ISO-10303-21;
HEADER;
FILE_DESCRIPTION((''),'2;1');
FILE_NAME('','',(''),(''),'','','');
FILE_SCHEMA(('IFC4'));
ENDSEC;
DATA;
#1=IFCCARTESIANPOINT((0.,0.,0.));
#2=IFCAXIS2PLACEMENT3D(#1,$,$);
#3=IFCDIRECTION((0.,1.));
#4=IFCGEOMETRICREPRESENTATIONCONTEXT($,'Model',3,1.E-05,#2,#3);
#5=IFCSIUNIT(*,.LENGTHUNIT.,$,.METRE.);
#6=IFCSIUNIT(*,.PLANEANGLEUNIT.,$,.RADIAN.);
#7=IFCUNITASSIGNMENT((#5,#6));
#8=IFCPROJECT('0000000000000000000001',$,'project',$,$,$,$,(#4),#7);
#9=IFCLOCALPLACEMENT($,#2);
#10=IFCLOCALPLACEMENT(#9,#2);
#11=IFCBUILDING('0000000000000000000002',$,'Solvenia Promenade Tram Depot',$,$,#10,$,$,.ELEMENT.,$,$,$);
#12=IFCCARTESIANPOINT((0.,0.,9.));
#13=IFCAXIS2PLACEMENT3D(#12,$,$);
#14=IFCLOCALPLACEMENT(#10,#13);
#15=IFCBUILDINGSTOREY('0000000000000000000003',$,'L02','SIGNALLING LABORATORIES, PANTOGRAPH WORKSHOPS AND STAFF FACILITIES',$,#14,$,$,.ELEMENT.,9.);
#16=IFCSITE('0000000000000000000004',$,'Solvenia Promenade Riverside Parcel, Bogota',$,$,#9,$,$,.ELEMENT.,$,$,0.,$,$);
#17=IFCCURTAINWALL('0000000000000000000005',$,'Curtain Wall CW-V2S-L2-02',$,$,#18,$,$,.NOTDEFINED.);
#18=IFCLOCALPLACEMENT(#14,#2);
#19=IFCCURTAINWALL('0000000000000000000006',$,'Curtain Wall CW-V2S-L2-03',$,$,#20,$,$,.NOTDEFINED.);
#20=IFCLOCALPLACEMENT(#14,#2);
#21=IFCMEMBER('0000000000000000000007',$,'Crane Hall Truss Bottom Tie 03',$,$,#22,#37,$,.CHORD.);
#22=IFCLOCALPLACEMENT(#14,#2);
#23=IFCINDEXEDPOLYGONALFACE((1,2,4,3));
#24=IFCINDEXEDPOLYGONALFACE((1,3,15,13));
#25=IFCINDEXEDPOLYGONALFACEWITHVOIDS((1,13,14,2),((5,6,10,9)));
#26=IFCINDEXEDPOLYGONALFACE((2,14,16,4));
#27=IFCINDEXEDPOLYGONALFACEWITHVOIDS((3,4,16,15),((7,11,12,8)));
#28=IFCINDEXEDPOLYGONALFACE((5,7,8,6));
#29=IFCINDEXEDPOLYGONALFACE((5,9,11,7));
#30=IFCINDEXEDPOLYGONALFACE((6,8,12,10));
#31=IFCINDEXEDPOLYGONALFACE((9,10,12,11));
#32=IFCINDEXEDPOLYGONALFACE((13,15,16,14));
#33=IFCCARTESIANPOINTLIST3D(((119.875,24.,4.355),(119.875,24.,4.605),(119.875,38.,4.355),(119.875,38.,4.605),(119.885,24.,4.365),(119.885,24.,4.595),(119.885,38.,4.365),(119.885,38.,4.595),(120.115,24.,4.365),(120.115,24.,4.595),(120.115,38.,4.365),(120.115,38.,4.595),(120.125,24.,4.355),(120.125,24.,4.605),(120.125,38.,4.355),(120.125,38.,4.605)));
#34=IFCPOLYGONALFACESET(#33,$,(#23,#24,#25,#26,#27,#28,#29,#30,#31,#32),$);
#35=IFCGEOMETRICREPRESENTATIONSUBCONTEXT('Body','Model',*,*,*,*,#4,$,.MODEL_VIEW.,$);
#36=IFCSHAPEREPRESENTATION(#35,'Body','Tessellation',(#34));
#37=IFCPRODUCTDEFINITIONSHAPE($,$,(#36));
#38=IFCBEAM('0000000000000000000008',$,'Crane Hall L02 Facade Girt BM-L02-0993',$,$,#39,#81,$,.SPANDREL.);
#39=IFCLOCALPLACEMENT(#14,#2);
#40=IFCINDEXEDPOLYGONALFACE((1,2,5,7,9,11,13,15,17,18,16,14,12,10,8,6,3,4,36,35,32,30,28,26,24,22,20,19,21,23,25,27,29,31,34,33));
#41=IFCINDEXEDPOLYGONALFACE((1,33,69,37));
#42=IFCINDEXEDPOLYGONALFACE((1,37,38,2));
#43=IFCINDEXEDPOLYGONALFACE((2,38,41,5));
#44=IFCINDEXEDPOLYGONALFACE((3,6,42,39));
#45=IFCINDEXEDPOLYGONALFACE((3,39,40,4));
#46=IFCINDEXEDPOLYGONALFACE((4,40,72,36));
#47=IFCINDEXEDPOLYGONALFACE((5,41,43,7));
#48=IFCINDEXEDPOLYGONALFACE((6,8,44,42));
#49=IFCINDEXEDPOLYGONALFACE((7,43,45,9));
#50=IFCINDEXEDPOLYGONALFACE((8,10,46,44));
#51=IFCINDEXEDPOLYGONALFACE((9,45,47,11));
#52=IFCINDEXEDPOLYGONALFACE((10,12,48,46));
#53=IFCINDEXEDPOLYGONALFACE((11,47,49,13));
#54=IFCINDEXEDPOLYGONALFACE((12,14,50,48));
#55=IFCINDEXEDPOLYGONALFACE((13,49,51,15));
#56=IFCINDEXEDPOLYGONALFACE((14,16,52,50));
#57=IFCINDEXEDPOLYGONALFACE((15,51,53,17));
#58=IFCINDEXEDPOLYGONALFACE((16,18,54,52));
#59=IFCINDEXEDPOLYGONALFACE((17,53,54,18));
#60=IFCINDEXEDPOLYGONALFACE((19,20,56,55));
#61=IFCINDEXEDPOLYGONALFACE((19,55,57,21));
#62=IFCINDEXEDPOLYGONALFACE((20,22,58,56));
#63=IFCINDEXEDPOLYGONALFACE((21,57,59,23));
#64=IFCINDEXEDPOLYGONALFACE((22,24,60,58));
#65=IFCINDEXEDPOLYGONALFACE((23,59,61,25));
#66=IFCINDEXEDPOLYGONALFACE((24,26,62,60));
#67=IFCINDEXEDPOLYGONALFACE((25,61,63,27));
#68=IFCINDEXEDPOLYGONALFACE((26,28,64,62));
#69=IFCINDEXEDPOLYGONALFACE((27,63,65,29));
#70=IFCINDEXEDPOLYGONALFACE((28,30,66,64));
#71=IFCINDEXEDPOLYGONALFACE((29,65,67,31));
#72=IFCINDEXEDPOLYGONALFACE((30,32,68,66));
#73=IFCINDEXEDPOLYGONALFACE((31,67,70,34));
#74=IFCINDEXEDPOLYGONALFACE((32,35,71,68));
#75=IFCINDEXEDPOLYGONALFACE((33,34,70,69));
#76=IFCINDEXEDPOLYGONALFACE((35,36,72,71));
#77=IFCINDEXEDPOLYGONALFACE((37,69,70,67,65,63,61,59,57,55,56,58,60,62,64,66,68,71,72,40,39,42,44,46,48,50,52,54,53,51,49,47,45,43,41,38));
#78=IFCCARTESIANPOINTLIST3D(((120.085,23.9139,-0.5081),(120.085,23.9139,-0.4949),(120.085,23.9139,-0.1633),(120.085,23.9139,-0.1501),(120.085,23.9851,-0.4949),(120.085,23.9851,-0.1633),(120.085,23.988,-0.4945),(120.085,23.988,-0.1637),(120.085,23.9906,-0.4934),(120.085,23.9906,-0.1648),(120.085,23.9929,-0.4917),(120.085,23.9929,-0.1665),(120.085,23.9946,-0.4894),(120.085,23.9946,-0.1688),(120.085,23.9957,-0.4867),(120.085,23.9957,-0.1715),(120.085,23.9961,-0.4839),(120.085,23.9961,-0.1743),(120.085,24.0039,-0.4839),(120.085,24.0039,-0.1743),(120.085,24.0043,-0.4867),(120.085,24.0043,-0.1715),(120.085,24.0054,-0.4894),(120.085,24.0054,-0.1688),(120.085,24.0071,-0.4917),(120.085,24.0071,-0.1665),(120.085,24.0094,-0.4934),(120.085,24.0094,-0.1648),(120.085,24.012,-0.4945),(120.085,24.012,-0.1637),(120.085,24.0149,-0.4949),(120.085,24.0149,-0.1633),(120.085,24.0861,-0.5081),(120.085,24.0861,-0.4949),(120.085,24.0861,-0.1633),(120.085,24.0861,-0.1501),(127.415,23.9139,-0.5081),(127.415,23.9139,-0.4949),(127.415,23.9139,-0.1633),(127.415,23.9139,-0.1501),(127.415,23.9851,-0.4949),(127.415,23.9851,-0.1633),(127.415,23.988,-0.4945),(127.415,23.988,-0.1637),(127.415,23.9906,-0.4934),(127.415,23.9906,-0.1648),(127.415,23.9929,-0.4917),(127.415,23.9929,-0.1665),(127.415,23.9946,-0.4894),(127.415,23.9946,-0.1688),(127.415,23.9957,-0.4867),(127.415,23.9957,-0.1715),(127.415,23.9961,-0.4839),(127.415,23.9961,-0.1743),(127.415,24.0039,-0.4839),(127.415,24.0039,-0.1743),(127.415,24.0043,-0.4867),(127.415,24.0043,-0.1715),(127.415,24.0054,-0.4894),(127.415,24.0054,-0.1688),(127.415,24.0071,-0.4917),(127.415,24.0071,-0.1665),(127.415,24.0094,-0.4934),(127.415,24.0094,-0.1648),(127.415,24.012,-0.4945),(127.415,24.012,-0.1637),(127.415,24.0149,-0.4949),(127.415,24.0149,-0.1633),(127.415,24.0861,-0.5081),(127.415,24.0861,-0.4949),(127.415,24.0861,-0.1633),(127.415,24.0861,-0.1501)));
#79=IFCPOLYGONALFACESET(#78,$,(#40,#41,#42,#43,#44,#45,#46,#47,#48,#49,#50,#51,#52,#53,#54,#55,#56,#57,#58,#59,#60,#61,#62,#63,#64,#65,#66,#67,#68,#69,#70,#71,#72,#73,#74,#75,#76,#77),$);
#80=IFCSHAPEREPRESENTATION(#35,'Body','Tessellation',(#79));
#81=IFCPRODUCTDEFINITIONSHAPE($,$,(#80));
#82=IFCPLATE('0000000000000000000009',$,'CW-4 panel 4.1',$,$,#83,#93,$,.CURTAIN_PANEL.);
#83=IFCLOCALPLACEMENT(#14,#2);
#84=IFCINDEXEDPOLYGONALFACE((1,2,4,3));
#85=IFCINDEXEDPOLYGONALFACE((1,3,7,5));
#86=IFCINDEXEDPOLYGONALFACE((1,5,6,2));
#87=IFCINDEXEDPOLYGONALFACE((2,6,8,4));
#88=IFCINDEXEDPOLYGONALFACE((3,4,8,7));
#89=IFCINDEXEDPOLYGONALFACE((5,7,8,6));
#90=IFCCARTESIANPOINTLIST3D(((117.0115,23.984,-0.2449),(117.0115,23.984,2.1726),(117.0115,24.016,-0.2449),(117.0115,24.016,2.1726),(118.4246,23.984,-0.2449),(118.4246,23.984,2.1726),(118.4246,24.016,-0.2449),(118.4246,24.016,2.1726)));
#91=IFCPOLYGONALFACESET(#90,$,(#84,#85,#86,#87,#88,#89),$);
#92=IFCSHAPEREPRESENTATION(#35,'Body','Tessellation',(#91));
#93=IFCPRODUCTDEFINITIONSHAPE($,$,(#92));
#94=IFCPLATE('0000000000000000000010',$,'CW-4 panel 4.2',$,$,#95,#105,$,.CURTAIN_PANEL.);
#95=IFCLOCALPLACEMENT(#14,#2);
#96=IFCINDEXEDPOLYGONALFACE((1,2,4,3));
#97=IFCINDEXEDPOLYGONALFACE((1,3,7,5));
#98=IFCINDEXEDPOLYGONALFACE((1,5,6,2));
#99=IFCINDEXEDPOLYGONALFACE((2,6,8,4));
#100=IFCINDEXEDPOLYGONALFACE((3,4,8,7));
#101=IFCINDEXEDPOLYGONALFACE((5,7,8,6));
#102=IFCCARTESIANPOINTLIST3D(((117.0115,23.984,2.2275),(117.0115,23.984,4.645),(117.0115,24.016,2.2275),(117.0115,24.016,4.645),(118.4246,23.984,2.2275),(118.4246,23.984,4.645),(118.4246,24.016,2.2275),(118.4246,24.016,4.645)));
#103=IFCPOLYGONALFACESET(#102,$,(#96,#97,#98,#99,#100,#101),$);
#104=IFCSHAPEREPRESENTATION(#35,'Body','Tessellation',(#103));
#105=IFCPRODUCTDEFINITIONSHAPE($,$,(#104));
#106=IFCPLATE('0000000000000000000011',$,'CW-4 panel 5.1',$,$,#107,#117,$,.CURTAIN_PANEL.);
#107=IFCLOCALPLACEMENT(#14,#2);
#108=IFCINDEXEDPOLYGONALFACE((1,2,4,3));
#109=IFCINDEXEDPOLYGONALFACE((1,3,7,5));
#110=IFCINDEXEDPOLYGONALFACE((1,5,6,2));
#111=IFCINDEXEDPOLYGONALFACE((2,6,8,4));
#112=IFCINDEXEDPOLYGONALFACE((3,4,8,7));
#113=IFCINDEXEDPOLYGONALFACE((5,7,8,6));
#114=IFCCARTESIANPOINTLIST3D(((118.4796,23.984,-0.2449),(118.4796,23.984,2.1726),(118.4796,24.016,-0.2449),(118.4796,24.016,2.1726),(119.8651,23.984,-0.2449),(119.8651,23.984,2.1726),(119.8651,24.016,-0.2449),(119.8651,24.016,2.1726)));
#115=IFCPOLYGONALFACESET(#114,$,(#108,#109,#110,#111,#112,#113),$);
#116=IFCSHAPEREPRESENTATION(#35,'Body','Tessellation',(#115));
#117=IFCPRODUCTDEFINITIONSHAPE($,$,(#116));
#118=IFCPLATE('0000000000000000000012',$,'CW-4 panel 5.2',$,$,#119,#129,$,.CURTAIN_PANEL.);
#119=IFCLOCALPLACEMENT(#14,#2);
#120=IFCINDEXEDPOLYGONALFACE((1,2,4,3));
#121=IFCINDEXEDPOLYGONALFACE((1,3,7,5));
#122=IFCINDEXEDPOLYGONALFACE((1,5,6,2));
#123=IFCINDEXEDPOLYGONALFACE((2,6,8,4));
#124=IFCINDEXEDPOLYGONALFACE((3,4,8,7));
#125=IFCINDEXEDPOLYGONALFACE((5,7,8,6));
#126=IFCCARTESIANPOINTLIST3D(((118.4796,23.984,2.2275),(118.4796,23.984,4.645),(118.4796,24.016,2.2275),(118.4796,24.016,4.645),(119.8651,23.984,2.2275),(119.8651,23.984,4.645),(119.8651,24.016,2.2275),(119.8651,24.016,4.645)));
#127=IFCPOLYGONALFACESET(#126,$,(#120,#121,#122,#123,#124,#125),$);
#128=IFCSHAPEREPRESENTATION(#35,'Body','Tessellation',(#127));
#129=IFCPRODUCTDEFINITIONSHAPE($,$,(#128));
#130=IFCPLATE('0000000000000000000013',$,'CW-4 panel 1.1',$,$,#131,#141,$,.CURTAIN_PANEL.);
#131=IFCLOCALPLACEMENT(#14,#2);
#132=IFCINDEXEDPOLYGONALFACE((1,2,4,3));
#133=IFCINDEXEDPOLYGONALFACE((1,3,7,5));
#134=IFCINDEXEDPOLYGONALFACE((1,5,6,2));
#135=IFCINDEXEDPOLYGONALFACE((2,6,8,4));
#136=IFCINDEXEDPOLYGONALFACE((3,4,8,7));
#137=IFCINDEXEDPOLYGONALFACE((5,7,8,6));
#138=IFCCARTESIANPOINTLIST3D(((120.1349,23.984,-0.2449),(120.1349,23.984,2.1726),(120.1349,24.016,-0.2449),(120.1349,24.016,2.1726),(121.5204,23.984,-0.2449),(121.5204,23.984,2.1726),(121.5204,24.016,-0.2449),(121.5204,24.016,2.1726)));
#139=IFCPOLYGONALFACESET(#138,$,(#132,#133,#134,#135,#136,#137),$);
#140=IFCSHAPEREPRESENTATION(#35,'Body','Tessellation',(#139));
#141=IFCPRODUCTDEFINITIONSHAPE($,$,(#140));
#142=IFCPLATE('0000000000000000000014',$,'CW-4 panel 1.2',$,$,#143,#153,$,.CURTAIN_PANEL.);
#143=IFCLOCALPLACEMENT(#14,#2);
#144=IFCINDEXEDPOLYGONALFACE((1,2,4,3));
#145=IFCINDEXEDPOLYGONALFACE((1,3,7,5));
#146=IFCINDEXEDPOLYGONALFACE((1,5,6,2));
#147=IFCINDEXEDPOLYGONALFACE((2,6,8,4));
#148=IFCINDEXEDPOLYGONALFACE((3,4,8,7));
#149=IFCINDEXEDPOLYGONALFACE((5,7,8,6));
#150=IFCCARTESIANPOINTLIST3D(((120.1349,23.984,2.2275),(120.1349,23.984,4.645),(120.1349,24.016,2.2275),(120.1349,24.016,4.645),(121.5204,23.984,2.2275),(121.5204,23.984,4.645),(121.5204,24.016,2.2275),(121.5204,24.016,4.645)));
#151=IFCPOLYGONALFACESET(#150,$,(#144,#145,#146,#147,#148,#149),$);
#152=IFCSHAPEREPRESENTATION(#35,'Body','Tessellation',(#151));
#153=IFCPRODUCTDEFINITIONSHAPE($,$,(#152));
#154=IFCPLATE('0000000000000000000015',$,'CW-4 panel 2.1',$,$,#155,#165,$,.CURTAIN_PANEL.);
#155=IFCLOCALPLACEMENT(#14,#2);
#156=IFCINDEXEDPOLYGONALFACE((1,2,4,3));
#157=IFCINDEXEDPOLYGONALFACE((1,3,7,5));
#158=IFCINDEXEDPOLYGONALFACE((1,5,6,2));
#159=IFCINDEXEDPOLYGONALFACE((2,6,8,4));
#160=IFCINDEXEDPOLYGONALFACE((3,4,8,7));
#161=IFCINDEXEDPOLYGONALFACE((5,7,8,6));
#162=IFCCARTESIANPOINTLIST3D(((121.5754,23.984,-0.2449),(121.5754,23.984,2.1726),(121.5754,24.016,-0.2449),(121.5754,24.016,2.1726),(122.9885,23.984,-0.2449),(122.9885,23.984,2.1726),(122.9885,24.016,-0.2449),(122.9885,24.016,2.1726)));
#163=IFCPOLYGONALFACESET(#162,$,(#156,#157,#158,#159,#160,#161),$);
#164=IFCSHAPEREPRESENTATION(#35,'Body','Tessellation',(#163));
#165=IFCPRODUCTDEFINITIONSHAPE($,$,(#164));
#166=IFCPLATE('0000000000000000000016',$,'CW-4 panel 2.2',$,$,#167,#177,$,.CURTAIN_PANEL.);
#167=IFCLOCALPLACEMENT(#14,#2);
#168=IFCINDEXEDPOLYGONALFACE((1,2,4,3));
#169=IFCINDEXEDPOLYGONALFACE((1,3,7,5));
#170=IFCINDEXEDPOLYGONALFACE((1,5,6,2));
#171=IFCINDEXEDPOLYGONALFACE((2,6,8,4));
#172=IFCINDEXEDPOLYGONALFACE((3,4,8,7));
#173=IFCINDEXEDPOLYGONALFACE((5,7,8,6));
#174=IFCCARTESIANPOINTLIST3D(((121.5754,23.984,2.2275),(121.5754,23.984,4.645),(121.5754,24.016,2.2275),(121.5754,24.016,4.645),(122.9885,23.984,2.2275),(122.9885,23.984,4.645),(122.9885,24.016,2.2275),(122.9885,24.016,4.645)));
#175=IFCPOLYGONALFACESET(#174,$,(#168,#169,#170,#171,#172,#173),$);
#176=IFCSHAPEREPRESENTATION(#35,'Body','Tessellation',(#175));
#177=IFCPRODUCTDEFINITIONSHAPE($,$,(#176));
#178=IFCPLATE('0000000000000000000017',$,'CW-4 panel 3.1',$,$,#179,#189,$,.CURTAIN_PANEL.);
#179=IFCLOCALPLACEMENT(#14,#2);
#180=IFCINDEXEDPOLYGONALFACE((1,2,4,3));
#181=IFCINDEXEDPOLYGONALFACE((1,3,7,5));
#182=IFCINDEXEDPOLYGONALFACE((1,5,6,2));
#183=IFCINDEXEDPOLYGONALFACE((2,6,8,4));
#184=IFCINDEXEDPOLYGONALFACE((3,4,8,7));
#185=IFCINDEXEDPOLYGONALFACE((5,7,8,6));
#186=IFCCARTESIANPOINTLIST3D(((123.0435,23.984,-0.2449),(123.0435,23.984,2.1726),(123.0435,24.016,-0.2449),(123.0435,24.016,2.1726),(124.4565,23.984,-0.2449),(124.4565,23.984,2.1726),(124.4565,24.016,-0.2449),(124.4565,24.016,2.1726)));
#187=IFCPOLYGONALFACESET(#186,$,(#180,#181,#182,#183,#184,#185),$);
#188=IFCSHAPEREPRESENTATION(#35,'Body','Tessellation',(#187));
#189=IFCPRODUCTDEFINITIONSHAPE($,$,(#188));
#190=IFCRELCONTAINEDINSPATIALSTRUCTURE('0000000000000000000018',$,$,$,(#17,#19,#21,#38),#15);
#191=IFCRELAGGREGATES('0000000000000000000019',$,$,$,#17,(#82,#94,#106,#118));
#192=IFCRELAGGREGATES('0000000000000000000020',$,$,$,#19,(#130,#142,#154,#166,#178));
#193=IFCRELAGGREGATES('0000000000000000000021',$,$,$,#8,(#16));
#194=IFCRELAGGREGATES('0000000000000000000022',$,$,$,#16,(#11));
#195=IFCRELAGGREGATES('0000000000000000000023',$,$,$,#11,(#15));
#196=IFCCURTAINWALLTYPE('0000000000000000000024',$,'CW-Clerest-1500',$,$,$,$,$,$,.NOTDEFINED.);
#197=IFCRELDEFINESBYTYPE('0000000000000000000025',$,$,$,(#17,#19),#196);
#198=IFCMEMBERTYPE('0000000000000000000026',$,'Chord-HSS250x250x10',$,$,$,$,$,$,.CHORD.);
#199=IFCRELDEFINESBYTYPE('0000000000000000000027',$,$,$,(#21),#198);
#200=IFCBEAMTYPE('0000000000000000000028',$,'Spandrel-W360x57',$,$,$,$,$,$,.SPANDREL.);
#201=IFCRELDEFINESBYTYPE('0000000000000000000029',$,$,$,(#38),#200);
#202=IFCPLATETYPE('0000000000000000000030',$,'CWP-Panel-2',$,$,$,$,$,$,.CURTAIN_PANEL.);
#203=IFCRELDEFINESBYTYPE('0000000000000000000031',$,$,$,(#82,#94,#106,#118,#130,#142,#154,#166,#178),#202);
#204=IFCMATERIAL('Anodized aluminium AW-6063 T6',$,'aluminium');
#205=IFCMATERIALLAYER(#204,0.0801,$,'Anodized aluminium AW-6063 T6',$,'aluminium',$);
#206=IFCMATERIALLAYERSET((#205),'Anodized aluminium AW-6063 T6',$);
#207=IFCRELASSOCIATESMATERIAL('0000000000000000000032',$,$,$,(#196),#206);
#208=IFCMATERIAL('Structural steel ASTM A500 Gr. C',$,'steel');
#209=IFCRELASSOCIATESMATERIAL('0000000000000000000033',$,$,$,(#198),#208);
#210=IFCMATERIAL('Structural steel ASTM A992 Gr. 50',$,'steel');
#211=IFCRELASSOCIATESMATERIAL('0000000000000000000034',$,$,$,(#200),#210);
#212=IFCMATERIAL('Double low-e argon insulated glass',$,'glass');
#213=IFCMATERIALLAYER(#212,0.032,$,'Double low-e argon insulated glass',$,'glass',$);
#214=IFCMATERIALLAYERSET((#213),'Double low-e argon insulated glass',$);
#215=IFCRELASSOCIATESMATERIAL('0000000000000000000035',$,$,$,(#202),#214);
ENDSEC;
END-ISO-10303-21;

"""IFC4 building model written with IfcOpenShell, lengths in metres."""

from ifc_helpers import new_model, si_unit, direction, frame, origin, origin_2d, place, context, subcontext, project, spatial, rectangle, hollow_rectangle, i_section, extrude, material, layer, layer_set, material_profile, profile_set, type_object, element, aggregate, save


model = new_model("IFC4")

# Units and contexts
model_context = context("Model", 3, precision=1e-05, world=origin(), true_north=direction((0.0, 1.0)))
body_context = subcontext(model_context, "Body", "Model", "MODEL_VIEW")
ifc_project = project(units=[si_unit("LENGTHUNIT", "METRE"), si_unit("PLANEANGLEUNIT", "RADIAN")], contexts=[model_context])

# Site, building, storey
site_placement = place(None, origin())
site = spatial("IfcSite", under=ifc_project, at=site_placement, Name="Solvenia Promenade Riverside Parcel, Bogota", CompositionType="ELEMENT", RefElevation=0.0)
building_placement = place(site_placement, origin())
building = spatial("IfcBuilding", under=site, at=building_placement, Name="Solvenia Promenade Tram Depot", CompositionType="ELEMENT")
storey_placement = place(building_placement, frame((0.0, 0.0, 9.0)))
storey = spatial("IfcBuildingStorey", under=building, at=storey_placement, Name="L02", Description="SIGNALLING LABORATORIES, PANTOGRAPH WORKSHOPS AND STAFF FACILITIES", CompositionType="ELEMENT", Elevation=9.0)

# Shared definitions
ifc_material_1 = material(Name="Structural steel ASTM A992 Gr. 50", Category="steel")

# Curtain walls
ifc_material_2 = material(Name="Anodized aluminium AW-6063 T6", Category="aluminium")
ifc_layer_1 = layer(ifc_material_2, 0.0801, Name="Anodized aluminium AW-6063 T6", Category="aluminium")
ifc_layer_set_1 = layer_set([ifc_layer_1], Name="Anodized aluminium AW-6063 T6")
curtain_wall_type = type_object("IfcCurtainWallType", Name="CW-Clerest-1500", PredefinedType="NOTDEFINED", material=ifc_layer_set_1)
curtain_wall_1_placement = place(storey_placement, origin())
curtain_wall_1 = element("IfcCurtainWall", 1, at=curtain_wall_1_placement, inside=storey, type_object=curtain_wall_type, Name="Curtain Wall CW-V2S-L2-02", PredefinedType="NOTDEFINED")
curtain_wall_2_placement = place(storey_placement, origin())
curtain_wall_2 = element("IfcCurtainWall", 2, at=curtain_wall_2_placement, inside=storey, type_object=curtain_wall_type, Name="Curtain Wall CW-V2S-L2-03", PredefinedType="NOTDEFINED")

# Member
ifc_material_3 = material(Name="Structural steel ASTM A500 Gr. C", Category="steel")
ifc_material_profile_1 = material_profile(ifc_material_3, hollow_rectangle(XDim=0.25, YDim=0.25, WallThickness=0.01, at=origin_2d()), Name="HSS250x250x10", Category="steel")
ifc_profile_set_1 = profile_set([ifc_material_profile_1], Name="Structural steel ASTM A500 Gr. C")
member_type_1 = type_object("IfcMemberType", Name="Chord-HSS250x250x10", PredefinedType="CHORD", material=ifc_profile_set_1)
member_1_placement = place(storey_placement, frame((120.0, 24.0, 4.48), z_axis=(0.0, 1.0, 0.0), x_axis=(-1.0, 0.0, 0.0)))
element("IfcMember", 3, at=member_1_placement, inside=storey, type_object=member_type_1, Name="Crane Hall Truss Bottom Tie 03", PredefinedType="CHORD", context=body_context, shape_type="SweptSolid", body=[
    extrude(hollow_rectangle(XDim=0.25, YDim=0.25, WallThickness=0.01, at=origin_2d()), origin(), (0.0, 0.0, 1.0), 14.0),
])

# Beam
ifc_material_profile_2 = material_profile(ifc_material_1, i_section(OverallWidth=0.1721, OverallDepth=0.3579, WebThickness=0.0078, FlangeThickness=0.0132, FilletRadius=0.011, at=origin_2d()), Name="W360x57", Category="steel")
ifc_profile_set_2 = profile_set([ifc_material_profile_2], Name="Structural steel ASTM A992 Gr. 50")
beam_type = type_object("IfcBeamType", Name="Spandrel-W360x57", PredefinedType="SPANDREL", material=ifc_profile_set_2)
beam_placement = place(storey_placement, frame((120.085, 24.0, -0.3291), z_axis=(1.0, 0.0, 0.0), x_axis=(0.0, 1.0, 0.0)))
element("IfcBeam", 4, at=beam_placement, inside=storey, type_object=beam_type, Name="Crane Hall L02 Facade Girt BM-L02-0993", PredefinedType="SPANDREL", context=body_context, shape_type="SweptSolid", body=[
    extrude(i_section(OverallWidth=0.1721, OverallDepth=0.3579, WebThickness=0.0078, FlangeThickness=0.0132, FilletRadius=0.011, at=origin_2d()), origin(), (0.0, 0.0, 1.0), 7.3301),
])

# Plates
ifc_material_4 = material(Name="Double low-e argon insulated glass", Category="glass")
ifc_layer_2 = layer(ifc_material_4, 0.032, Name="Double low-e argon insulated glass", Category="glass")
ifc_layer_set_2 = layer_set([ifc_layer_2], Name="Double low-e argon insulated glass")
plate_type = type_object("IfcPlateType", Name="CWP-Panel-2", PredefinedType="CURTAIN_PANEL", material=ifc_layer_set_2)
plate_1_placement = place(storey_placement, frame((117.718, 24.0, -0.2449), z_axis=(0.0, 0.0, 1.0), x_axis=(1.0, 0.0, 0.0)))
plate_1 = element("IfcPlate", 5, at=plate_1_placement, type_object=plate_type, Name="CW-4 panel 4.1", PredefinedType="CURTAIN_PANEL", context=body_context, shape_type="SweptSolid", body=[
    extrude(rectangle(XDim=1.4131, YDim=0.032, at=origin_2d()), origin(), (0.0, 0.0, 1.0), 2.4175),
])
plate_2_placement = place(storey_placement, frame((117.718, 24.0, 2.2275), z_axis=(0.0, 0.0, 1.0), x_axis=(1.0, 0.0, 0.0)))
plate_2 = element("IfcPlate", 6, at=plate_2_placement, type_object=plate_type, Name="CW-4 panel 4.2", PredefinedType="CURTAIN_PANEL", context=body_context, shape_type="SweptSolid", body=[
    extrude(rectangle(XDim=1.4131, YDim=0.032, at=origin_2d()), origin(), (0.0, 0.0, 1.0), 2.4175),
])
plate_3_placement = place(storey_placement, frame((119.1724, 24.0, -0.2449), z_axis=(0.0, 0.0, 1.0), x_axis=(1.0, 0.0, 0.0)))
plate_3 = element("IfcPlate", 7, at=plate_3_placement, type_object=plate_type, Name="CW-4 panel 5.1", PredefinedType="CURTAIN_PANEL", context=body_context, shape_type="SweptSolid", body=[
    extrude(rectangle(XDim=1.3855, YDim=0.032, at=origin_2d()), origin(), (0.0, 0.0, 1.0), 2.4175),
])
plate_4_placement = place(storey_placement, frame((119.1724, 24.0, 2.2275), z_axis=(0.0, 0.0, 1.0), x_axis=(1.0, 0.0, 0.0)))
plate_4 = element("IfcPlate", 8, at=plate_4_placement, type_object=plate_type, Name="CW-4 panel 5.2", PredefinedType="CURTAIN_PANEL", context=body_context, shape_type="SweptSolid", body=[
    extrude(rectangle(XDim=1.3855, YDim=0.032, at=origin_2d()), origin(), (0.0, 0.0, 1.0), 2.4175),
])
aggregate(curtain_wall_1, [plate_1, plate_2, plate_3, plate_4])
plate_5_placement = place(storey_placement, frame((120.8276, 24.0, -0.2449), z_axis=(0.0, 0.0, 1.0), x_axis=(1.0, 0.0, 0.0)))
plate_5 = element("IfcPlate", 9, at=plate_5_placement, type_object=plate_type, Name="CW-4 panel 1.1", PredefinedType="CURTAIN_PANEL", context=body_context, shape_type="SweptSolid", body=[
    extrude(rectangle(XDim=1.3855, YDim=0.032, at=origin_2d()), origin(), (0.0, 0.0, 1.0), 2.4175),
])
plate_6_placement = place(storey_placement, frame((120.8276, 24.0, 2.2275), z_axis=(0.0, 0.0, 1.0), x_axis=(1.0, 0.0, 0.0)))
plate_6 = element("IfcPlate", 10, at=plate_6_placement, type_object=plate_type, Name="CW-4 panel 1.2", PredefinedType="CURTAIN_PANEL", context=body_context, shape_type="SweptSolid", body=[
    extrude(rectangle(XDim=1.3855, YDim=0.032, at=origin_2d()), origin(), (0.0, 0.0, 1.0), 2.4175),
])
plate_7_placement = place(storey_placement, frame((122.282, 24.0, -0.2449), z_axis=(0.0, 0.0, 1.0), x_axis=(1.0, 0.0, 0.0)))
plate_7 = element("IfcPlate", 11, at=plate_7_placement, type_object=plate_type, Name="CW-4 panel 2.1", PredefinedType="CURTAIN_PANEL", context=body_context, shape_type="SweptSolid", body=[
    extrude(rectangle(XDim=1.4131, YDim=0.032, at=origin_2d()), origin(), (0.0, 0.0, 1.0), 2.4175),
])
plate_8_placement = place(storey_placement, frame((122.282, 24.0, 2.2275), z_axis=(0.0, 0.0, 1.0), x_axis=(1.0, 0.0, 0.0)))
plate_8 = element("IfcPlate", 12, at=plate_8_placement, type_object=plate_type, Name="CW-4 panel 2.2", PredefinedType="CURTAIN_PANEL", context=body_context, shape_type="SweptSolid", body=[
    extrude(rectangle(XDim=1.4131, YDim=0.032, at=origin_2d()), origin(), (0.0, 0.0, 1.0), 2.4175),
])
plate_9_placement = place(storey_placement, frame((123.75, 24.0, -0.2449), z_axis=(0.0, 0.0, 1.0), x_axis=(1.0, 0.0, 0.0)))
plate_9 = element("IfcPlate", 13, at=plate_9_placement, type_object=plate_type, Name="CW-4 panel 3.1", PredefinedType="CURTAIN_PANEL", context=body_context, shape_type="SweptSolid", body=[
    extrude(rectangle(XDim=1.4131, YDim=0.032, at=origin_2d()), origin(), (0.0, 0.0, 1.0), 2.4175),
])
aggregate(curtain_wall_2, [plate_5, plate_6, plate_7, plate_8, plate_9])

save(model, "model.ifc")
